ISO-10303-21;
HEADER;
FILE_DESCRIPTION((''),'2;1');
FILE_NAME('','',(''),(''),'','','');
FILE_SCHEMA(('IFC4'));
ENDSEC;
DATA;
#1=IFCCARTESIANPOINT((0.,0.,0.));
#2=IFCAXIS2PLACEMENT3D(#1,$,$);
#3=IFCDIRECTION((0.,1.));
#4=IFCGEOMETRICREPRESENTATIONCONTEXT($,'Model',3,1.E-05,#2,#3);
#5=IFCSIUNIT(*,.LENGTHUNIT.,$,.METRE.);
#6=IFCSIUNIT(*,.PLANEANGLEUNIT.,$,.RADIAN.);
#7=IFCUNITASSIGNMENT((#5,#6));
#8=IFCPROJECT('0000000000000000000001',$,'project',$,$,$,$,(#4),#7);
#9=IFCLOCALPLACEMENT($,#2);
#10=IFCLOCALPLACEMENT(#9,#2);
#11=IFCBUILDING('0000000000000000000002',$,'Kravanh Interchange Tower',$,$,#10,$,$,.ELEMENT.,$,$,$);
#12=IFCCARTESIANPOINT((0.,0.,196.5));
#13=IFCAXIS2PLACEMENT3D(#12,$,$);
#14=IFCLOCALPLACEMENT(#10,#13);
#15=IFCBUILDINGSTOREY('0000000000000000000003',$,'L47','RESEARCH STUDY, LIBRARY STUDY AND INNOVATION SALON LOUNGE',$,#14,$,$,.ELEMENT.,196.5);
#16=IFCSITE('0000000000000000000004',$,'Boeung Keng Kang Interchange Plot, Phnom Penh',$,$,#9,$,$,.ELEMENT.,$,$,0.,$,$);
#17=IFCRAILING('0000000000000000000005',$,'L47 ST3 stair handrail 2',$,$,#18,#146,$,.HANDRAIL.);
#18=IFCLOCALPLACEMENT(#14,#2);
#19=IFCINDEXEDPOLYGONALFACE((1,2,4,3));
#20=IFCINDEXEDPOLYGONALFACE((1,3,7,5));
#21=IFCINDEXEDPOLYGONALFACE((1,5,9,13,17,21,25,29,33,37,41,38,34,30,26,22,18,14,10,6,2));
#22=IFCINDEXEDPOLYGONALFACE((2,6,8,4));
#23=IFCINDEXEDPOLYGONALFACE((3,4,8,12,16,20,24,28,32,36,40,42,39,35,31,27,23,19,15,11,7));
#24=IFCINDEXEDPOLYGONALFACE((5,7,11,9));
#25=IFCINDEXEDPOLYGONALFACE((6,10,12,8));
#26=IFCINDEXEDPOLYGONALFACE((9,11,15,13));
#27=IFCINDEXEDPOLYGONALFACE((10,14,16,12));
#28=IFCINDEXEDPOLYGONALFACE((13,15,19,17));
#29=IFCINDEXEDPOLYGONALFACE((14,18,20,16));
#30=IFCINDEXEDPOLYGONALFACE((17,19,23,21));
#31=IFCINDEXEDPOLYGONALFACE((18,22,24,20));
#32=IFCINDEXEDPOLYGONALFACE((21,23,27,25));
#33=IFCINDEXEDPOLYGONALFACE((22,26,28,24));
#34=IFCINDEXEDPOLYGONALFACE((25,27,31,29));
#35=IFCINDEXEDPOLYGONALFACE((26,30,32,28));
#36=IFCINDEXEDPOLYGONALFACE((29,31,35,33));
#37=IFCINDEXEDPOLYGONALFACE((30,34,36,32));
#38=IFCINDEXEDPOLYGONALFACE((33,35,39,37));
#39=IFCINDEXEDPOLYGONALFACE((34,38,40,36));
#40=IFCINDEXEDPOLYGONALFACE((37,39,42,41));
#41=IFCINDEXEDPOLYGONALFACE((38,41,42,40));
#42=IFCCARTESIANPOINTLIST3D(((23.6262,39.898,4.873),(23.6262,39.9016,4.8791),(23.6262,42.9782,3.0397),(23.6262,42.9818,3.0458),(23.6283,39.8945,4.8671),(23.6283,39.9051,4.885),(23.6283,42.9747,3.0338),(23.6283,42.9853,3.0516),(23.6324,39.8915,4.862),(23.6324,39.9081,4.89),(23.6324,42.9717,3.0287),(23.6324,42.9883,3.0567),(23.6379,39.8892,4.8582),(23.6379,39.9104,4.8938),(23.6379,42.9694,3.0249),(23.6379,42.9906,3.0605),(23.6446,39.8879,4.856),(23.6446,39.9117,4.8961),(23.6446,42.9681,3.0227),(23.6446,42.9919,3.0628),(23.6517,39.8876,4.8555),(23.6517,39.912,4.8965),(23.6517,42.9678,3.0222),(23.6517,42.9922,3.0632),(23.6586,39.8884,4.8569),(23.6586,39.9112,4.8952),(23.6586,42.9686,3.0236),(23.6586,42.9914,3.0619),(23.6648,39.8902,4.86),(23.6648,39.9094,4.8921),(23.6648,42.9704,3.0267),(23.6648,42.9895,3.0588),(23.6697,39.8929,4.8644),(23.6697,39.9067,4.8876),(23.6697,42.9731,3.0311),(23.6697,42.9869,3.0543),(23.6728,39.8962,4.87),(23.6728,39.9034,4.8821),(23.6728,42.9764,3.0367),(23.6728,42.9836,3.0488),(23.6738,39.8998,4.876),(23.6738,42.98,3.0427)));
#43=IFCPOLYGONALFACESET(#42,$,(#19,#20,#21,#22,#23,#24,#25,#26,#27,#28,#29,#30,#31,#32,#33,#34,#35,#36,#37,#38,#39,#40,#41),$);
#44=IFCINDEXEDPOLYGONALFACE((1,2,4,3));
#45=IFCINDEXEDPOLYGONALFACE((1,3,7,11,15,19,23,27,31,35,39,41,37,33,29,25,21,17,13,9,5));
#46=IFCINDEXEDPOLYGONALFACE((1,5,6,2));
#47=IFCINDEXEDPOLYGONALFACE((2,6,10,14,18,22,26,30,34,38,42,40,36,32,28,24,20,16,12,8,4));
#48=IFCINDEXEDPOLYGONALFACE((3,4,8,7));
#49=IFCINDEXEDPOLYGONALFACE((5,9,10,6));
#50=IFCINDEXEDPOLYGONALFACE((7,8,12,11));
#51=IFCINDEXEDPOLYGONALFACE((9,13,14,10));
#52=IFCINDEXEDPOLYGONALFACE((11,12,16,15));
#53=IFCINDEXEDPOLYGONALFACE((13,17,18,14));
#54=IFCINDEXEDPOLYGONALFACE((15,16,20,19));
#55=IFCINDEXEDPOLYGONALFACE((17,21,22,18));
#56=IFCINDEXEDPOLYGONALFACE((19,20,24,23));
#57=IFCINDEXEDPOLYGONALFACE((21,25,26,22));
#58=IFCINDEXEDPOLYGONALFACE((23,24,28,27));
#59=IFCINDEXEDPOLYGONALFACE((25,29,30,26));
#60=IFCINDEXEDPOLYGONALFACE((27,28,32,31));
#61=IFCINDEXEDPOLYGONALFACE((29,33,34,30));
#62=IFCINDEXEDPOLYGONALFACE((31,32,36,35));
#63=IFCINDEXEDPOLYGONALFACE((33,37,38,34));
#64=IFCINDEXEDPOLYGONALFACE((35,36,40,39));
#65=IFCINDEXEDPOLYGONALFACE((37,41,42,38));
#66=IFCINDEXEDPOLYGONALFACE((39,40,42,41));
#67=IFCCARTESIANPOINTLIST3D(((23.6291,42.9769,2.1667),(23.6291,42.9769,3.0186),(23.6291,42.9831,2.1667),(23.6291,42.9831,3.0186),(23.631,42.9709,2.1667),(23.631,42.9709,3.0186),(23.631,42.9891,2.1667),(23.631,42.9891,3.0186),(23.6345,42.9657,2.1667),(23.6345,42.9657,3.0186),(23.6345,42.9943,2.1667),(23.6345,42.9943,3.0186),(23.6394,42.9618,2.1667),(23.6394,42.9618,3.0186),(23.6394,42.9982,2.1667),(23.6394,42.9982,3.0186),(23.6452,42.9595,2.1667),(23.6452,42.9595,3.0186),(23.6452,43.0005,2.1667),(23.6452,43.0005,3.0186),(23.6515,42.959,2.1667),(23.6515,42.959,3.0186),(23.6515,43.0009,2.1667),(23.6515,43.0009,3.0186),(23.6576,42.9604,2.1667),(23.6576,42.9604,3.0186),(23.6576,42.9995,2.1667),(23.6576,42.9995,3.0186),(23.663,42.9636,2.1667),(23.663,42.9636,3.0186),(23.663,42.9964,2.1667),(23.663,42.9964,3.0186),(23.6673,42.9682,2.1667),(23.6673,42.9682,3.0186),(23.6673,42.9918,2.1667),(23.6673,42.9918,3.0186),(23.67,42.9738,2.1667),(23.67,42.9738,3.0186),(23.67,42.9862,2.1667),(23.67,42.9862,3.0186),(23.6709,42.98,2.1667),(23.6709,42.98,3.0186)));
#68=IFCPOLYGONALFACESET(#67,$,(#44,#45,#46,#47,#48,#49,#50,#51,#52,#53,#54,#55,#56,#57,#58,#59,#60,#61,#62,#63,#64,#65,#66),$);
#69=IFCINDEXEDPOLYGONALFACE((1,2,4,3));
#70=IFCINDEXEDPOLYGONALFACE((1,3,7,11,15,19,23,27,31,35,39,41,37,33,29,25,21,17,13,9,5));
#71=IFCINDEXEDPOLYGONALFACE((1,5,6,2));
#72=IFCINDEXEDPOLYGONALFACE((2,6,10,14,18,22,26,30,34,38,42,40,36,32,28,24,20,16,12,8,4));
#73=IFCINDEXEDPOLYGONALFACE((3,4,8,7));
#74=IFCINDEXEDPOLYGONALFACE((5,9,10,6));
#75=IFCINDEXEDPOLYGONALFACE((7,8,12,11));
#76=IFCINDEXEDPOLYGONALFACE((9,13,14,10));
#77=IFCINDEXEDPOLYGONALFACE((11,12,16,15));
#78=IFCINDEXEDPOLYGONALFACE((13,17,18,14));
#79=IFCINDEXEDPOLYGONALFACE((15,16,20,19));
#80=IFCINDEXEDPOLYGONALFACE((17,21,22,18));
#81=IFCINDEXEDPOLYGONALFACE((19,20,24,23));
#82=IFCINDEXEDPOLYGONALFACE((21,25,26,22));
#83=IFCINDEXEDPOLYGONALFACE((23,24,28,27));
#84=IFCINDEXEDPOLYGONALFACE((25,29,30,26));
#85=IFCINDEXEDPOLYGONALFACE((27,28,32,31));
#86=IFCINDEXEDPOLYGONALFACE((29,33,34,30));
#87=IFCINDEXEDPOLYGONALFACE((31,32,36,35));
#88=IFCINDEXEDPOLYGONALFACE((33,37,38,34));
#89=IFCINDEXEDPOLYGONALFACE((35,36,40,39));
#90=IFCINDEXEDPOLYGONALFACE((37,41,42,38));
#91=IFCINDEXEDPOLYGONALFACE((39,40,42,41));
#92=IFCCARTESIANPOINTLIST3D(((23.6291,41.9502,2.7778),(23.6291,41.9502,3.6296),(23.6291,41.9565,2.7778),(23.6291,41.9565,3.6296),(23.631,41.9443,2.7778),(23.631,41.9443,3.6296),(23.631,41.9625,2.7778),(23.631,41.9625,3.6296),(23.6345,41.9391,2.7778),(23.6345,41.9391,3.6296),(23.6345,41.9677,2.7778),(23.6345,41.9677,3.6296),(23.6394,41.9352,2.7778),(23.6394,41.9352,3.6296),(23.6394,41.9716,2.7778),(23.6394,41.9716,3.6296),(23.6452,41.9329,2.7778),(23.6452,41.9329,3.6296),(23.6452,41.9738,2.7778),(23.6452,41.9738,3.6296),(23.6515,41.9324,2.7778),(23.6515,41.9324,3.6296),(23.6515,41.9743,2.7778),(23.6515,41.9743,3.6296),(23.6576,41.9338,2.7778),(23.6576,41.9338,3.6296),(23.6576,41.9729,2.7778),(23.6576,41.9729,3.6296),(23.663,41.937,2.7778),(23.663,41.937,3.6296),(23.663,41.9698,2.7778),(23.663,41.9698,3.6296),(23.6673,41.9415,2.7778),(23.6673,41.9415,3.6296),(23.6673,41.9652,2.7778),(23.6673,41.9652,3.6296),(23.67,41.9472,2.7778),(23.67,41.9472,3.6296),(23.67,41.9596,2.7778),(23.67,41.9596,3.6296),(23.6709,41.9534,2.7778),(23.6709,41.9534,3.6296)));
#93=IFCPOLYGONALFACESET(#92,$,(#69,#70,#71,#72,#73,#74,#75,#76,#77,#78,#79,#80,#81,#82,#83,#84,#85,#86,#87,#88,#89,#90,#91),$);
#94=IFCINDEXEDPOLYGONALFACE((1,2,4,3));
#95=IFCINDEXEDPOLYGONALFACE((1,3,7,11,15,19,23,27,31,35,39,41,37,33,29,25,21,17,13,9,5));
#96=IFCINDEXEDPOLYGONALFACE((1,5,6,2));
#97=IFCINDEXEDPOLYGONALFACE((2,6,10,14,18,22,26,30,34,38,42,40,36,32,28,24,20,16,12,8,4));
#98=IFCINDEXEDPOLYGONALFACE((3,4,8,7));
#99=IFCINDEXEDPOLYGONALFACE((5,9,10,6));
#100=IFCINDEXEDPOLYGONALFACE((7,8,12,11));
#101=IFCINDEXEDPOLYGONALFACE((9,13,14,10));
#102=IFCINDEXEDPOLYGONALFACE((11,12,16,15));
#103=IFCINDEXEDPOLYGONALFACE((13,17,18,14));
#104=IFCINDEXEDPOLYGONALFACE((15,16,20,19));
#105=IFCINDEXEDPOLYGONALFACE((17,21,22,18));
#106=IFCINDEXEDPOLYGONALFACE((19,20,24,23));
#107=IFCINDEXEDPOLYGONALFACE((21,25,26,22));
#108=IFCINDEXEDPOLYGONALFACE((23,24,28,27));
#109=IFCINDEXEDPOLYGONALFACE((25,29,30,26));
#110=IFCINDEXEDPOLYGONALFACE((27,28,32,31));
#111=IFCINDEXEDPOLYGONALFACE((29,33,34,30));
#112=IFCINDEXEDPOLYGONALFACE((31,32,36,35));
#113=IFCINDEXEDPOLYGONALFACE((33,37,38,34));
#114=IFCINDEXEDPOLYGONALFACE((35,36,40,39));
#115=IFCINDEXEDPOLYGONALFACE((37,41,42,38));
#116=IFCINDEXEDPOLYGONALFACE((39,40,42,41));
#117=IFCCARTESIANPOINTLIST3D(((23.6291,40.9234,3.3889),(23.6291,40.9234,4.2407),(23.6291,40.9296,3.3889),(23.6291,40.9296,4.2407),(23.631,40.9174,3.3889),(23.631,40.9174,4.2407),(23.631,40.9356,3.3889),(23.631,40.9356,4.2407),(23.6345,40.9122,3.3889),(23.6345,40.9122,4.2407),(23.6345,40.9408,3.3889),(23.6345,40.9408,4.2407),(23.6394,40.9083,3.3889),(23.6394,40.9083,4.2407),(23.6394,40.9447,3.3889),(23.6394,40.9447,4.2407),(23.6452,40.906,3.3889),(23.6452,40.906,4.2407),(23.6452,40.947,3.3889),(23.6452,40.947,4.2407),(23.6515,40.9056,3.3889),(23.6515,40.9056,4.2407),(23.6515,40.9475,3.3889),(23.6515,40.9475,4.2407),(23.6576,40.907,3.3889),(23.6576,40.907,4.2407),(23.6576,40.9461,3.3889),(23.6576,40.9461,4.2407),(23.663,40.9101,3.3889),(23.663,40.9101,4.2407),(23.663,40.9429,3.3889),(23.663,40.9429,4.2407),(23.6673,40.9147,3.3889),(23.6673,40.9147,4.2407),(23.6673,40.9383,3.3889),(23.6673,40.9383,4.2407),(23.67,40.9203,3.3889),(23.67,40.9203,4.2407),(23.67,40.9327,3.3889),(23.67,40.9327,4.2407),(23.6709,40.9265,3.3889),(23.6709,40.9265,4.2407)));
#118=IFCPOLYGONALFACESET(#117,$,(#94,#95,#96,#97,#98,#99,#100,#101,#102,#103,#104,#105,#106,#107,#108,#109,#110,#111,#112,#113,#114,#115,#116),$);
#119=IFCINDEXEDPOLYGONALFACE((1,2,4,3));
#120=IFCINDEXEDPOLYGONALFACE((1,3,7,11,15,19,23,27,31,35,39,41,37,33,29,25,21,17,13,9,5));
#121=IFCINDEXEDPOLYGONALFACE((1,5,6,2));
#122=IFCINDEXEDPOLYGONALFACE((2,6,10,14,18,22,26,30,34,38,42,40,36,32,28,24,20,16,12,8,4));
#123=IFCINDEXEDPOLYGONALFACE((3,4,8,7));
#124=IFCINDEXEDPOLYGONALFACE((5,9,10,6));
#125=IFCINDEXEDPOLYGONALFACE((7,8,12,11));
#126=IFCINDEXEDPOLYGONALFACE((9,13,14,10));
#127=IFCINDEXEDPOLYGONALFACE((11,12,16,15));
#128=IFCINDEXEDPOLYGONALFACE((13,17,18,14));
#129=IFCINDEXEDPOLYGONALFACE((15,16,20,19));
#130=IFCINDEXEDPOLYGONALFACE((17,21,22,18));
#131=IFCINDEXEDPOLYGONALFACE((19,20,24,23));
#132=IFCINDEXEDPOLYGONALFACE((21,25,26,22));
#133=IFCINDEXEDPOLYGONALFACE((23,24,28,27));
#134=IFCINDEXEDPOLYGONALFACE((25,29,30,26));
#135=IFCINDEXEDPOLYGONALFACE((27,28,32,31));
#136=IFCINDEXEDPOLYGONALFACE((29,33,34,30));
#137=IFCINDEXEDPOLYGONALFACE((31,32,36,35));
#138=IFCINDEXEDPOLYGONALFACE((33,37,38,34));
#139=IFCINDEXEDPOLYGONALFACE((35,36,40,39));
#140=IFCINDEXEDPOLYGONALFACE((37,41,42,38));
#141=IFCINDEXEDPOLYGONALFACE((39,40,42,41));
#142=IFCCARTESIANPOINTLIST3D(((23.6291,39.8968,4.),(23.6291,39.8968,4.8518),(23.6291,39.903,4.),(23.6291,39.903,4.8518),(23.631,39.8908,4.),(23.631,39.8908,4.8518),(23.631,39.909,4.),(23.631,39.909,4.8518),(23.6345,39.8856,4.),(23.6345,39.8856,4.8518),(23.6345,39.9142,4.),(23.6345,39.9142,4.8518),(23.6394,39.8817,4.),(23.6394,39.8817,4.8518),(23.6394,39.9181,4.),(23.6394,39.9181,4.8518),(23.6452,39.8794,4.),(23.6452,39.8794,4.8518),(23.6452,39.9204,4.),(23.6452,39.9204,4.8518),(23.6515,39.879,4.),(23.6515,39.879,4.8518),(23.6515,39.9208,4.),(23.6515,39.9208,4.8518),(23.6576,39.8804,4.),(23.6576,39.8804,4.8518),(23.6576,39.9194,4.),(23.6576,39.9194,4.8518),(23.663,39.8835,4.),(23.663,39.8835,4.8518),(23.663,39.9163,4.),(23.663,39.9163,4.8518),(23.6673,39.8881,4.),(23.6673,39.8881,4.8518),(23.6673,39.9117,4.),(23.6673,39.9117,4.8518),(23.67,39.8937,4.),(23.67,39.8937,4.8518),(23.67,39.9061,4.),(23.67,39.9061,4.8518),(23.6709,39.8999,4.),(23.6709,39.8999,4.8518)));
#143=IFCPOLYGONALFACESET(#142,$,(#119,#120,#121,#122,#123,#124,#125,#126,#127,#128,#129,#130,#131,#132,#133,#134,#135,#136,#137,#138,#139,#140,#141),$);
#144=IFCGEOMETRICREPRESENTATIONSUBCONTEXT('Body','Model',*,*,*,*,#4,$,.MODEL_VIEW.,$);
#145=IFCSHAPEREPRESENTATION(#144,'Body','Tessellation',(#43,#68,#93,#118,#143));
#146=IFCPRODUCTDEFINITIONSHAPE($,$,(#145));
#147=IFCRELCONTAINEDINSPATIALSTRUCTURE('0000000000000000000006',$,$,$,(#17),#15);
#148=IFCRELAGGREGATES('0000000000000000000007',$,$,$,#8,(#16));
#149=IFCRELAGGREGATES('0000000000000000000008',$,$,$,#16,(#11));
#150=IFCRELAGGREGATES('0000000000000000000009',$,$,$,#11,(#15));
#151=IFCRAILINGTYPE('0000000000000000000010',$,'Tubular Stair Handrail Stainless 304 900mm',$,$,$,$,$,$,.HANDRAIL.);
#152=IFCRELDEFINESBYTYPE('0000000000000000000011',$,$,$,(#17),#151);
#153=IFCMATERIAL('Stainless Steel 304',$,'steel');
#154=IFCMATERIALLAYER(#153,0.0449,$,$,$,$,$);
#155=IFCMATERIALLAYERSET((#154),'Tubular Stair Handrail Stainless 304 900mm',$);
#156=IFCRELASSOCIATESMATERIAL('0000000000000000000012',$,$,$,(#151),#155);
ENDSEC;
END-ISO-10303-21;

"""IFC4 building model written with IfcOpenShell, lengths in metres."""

from ifc_helpers import new_model, si_unit, direction, frame, origin, origin_2d, place, context, subcontext, project, spatial, circle, extrude, material, layer, layer_set, type_object, element, save


model = new_model("IFC4")

# Units and contexts
model_context = context("Model", 3, precision=1e-05, world=origin(), true_north=direction((0.0, 1.0)))
body_context = subcontext(model_context, "Body", "Model", "MODEL_VIEW")
ifc_project = project(units=[si_unit("LENGTHUNIT", "METRE"), si_unit("PLANEANGLEUNIT", "RADIAN")], contexts=[model_context])

# Site, building, storey
site_placement = place(None, origin())
site = spatial("IfcSite", under=ifc_project, at=site_placement, Name="Boeung Keng Kang Interchange Plot, Phnom Penh", CompositionType="ELEMENT", RefElevation=0.0)
building_placement = place(site_placement, origin())
building = spatial("IfcBuilding", under=site, at=building_placement, Name="Kravanh Interchange Tower", CompositionType="ELEMENT")
storey_placement = place(building_placement, frame((0.0, 0.0, 196.5)))
storey = spatial("IfcBuildingStorey", under=building, at=storey_placement, Name="L47", Description="RESEARCH STUDY, LIBRARY STUDY AND INNOVATION SALON LOUNGE", CompositionType="ELEMENT", Elevation=196.5)

# Railing
ifc_material_1 = material(Name="Stainless Steel 304", Category="steel")
ifc_layer_1 = layer(ifc_material_1, 0.0449)
ifc_layer_set_1 = layer_set([ifc_layer_1], Name="Tubular Stair Handrail Stainless 304 900mm")
railing_type_1 = type_object("IfcRailingType", Name="Tubular Stair Handrail Stainless 304 900mm", PredefinedType="HANDRAIL", material=ifc_layer_set_1)
railing_1_placement = place(storey_placement, frame((23.6499, 42.98, 2.1667)))
element("IfcRailing", 1, at=railing_1_placement, inside=storey, type_object=railing_type_1, Name="L47 ST3 stair handrail 2", PredefinedType="HANDRAIL", context=body_context, shape_type="SweptSolid", body=[
    extrude(circle(Radius=0.0239, at=origin_2d()), frame((0.0, 0.0, 0.876), z_axis=(0.0, -0.859309, 0.511458), x_axis=(1.0, 0.0, 0.0)), (0.0, 0.0, 1.0), 3.5845),
    extrude(circle(Radius=0.021, at=origin_2d()), origin(), (0.0, 0.0, 1.0), 0.8518),
    extrude(circle(Radius=0.021, at=origin_2d()), frame((0.0, -1.0266, 0.6111)), (0.0, 0.0, 1.0), 0.8518),
    extrude(circle(Radius=0.021, at=origin_2d()), frame((0.0, -2.0535, 1.2222)), (0.0, 0.0, 1.0), 0.8518),
    extrude(circle(Radius=0.021, at=origin_2d()), frame((0.0, -3.0801, 1.8333)), (0.0, 0.0, 1.0), 0.8518),
])

save(model, "model.ifc")
